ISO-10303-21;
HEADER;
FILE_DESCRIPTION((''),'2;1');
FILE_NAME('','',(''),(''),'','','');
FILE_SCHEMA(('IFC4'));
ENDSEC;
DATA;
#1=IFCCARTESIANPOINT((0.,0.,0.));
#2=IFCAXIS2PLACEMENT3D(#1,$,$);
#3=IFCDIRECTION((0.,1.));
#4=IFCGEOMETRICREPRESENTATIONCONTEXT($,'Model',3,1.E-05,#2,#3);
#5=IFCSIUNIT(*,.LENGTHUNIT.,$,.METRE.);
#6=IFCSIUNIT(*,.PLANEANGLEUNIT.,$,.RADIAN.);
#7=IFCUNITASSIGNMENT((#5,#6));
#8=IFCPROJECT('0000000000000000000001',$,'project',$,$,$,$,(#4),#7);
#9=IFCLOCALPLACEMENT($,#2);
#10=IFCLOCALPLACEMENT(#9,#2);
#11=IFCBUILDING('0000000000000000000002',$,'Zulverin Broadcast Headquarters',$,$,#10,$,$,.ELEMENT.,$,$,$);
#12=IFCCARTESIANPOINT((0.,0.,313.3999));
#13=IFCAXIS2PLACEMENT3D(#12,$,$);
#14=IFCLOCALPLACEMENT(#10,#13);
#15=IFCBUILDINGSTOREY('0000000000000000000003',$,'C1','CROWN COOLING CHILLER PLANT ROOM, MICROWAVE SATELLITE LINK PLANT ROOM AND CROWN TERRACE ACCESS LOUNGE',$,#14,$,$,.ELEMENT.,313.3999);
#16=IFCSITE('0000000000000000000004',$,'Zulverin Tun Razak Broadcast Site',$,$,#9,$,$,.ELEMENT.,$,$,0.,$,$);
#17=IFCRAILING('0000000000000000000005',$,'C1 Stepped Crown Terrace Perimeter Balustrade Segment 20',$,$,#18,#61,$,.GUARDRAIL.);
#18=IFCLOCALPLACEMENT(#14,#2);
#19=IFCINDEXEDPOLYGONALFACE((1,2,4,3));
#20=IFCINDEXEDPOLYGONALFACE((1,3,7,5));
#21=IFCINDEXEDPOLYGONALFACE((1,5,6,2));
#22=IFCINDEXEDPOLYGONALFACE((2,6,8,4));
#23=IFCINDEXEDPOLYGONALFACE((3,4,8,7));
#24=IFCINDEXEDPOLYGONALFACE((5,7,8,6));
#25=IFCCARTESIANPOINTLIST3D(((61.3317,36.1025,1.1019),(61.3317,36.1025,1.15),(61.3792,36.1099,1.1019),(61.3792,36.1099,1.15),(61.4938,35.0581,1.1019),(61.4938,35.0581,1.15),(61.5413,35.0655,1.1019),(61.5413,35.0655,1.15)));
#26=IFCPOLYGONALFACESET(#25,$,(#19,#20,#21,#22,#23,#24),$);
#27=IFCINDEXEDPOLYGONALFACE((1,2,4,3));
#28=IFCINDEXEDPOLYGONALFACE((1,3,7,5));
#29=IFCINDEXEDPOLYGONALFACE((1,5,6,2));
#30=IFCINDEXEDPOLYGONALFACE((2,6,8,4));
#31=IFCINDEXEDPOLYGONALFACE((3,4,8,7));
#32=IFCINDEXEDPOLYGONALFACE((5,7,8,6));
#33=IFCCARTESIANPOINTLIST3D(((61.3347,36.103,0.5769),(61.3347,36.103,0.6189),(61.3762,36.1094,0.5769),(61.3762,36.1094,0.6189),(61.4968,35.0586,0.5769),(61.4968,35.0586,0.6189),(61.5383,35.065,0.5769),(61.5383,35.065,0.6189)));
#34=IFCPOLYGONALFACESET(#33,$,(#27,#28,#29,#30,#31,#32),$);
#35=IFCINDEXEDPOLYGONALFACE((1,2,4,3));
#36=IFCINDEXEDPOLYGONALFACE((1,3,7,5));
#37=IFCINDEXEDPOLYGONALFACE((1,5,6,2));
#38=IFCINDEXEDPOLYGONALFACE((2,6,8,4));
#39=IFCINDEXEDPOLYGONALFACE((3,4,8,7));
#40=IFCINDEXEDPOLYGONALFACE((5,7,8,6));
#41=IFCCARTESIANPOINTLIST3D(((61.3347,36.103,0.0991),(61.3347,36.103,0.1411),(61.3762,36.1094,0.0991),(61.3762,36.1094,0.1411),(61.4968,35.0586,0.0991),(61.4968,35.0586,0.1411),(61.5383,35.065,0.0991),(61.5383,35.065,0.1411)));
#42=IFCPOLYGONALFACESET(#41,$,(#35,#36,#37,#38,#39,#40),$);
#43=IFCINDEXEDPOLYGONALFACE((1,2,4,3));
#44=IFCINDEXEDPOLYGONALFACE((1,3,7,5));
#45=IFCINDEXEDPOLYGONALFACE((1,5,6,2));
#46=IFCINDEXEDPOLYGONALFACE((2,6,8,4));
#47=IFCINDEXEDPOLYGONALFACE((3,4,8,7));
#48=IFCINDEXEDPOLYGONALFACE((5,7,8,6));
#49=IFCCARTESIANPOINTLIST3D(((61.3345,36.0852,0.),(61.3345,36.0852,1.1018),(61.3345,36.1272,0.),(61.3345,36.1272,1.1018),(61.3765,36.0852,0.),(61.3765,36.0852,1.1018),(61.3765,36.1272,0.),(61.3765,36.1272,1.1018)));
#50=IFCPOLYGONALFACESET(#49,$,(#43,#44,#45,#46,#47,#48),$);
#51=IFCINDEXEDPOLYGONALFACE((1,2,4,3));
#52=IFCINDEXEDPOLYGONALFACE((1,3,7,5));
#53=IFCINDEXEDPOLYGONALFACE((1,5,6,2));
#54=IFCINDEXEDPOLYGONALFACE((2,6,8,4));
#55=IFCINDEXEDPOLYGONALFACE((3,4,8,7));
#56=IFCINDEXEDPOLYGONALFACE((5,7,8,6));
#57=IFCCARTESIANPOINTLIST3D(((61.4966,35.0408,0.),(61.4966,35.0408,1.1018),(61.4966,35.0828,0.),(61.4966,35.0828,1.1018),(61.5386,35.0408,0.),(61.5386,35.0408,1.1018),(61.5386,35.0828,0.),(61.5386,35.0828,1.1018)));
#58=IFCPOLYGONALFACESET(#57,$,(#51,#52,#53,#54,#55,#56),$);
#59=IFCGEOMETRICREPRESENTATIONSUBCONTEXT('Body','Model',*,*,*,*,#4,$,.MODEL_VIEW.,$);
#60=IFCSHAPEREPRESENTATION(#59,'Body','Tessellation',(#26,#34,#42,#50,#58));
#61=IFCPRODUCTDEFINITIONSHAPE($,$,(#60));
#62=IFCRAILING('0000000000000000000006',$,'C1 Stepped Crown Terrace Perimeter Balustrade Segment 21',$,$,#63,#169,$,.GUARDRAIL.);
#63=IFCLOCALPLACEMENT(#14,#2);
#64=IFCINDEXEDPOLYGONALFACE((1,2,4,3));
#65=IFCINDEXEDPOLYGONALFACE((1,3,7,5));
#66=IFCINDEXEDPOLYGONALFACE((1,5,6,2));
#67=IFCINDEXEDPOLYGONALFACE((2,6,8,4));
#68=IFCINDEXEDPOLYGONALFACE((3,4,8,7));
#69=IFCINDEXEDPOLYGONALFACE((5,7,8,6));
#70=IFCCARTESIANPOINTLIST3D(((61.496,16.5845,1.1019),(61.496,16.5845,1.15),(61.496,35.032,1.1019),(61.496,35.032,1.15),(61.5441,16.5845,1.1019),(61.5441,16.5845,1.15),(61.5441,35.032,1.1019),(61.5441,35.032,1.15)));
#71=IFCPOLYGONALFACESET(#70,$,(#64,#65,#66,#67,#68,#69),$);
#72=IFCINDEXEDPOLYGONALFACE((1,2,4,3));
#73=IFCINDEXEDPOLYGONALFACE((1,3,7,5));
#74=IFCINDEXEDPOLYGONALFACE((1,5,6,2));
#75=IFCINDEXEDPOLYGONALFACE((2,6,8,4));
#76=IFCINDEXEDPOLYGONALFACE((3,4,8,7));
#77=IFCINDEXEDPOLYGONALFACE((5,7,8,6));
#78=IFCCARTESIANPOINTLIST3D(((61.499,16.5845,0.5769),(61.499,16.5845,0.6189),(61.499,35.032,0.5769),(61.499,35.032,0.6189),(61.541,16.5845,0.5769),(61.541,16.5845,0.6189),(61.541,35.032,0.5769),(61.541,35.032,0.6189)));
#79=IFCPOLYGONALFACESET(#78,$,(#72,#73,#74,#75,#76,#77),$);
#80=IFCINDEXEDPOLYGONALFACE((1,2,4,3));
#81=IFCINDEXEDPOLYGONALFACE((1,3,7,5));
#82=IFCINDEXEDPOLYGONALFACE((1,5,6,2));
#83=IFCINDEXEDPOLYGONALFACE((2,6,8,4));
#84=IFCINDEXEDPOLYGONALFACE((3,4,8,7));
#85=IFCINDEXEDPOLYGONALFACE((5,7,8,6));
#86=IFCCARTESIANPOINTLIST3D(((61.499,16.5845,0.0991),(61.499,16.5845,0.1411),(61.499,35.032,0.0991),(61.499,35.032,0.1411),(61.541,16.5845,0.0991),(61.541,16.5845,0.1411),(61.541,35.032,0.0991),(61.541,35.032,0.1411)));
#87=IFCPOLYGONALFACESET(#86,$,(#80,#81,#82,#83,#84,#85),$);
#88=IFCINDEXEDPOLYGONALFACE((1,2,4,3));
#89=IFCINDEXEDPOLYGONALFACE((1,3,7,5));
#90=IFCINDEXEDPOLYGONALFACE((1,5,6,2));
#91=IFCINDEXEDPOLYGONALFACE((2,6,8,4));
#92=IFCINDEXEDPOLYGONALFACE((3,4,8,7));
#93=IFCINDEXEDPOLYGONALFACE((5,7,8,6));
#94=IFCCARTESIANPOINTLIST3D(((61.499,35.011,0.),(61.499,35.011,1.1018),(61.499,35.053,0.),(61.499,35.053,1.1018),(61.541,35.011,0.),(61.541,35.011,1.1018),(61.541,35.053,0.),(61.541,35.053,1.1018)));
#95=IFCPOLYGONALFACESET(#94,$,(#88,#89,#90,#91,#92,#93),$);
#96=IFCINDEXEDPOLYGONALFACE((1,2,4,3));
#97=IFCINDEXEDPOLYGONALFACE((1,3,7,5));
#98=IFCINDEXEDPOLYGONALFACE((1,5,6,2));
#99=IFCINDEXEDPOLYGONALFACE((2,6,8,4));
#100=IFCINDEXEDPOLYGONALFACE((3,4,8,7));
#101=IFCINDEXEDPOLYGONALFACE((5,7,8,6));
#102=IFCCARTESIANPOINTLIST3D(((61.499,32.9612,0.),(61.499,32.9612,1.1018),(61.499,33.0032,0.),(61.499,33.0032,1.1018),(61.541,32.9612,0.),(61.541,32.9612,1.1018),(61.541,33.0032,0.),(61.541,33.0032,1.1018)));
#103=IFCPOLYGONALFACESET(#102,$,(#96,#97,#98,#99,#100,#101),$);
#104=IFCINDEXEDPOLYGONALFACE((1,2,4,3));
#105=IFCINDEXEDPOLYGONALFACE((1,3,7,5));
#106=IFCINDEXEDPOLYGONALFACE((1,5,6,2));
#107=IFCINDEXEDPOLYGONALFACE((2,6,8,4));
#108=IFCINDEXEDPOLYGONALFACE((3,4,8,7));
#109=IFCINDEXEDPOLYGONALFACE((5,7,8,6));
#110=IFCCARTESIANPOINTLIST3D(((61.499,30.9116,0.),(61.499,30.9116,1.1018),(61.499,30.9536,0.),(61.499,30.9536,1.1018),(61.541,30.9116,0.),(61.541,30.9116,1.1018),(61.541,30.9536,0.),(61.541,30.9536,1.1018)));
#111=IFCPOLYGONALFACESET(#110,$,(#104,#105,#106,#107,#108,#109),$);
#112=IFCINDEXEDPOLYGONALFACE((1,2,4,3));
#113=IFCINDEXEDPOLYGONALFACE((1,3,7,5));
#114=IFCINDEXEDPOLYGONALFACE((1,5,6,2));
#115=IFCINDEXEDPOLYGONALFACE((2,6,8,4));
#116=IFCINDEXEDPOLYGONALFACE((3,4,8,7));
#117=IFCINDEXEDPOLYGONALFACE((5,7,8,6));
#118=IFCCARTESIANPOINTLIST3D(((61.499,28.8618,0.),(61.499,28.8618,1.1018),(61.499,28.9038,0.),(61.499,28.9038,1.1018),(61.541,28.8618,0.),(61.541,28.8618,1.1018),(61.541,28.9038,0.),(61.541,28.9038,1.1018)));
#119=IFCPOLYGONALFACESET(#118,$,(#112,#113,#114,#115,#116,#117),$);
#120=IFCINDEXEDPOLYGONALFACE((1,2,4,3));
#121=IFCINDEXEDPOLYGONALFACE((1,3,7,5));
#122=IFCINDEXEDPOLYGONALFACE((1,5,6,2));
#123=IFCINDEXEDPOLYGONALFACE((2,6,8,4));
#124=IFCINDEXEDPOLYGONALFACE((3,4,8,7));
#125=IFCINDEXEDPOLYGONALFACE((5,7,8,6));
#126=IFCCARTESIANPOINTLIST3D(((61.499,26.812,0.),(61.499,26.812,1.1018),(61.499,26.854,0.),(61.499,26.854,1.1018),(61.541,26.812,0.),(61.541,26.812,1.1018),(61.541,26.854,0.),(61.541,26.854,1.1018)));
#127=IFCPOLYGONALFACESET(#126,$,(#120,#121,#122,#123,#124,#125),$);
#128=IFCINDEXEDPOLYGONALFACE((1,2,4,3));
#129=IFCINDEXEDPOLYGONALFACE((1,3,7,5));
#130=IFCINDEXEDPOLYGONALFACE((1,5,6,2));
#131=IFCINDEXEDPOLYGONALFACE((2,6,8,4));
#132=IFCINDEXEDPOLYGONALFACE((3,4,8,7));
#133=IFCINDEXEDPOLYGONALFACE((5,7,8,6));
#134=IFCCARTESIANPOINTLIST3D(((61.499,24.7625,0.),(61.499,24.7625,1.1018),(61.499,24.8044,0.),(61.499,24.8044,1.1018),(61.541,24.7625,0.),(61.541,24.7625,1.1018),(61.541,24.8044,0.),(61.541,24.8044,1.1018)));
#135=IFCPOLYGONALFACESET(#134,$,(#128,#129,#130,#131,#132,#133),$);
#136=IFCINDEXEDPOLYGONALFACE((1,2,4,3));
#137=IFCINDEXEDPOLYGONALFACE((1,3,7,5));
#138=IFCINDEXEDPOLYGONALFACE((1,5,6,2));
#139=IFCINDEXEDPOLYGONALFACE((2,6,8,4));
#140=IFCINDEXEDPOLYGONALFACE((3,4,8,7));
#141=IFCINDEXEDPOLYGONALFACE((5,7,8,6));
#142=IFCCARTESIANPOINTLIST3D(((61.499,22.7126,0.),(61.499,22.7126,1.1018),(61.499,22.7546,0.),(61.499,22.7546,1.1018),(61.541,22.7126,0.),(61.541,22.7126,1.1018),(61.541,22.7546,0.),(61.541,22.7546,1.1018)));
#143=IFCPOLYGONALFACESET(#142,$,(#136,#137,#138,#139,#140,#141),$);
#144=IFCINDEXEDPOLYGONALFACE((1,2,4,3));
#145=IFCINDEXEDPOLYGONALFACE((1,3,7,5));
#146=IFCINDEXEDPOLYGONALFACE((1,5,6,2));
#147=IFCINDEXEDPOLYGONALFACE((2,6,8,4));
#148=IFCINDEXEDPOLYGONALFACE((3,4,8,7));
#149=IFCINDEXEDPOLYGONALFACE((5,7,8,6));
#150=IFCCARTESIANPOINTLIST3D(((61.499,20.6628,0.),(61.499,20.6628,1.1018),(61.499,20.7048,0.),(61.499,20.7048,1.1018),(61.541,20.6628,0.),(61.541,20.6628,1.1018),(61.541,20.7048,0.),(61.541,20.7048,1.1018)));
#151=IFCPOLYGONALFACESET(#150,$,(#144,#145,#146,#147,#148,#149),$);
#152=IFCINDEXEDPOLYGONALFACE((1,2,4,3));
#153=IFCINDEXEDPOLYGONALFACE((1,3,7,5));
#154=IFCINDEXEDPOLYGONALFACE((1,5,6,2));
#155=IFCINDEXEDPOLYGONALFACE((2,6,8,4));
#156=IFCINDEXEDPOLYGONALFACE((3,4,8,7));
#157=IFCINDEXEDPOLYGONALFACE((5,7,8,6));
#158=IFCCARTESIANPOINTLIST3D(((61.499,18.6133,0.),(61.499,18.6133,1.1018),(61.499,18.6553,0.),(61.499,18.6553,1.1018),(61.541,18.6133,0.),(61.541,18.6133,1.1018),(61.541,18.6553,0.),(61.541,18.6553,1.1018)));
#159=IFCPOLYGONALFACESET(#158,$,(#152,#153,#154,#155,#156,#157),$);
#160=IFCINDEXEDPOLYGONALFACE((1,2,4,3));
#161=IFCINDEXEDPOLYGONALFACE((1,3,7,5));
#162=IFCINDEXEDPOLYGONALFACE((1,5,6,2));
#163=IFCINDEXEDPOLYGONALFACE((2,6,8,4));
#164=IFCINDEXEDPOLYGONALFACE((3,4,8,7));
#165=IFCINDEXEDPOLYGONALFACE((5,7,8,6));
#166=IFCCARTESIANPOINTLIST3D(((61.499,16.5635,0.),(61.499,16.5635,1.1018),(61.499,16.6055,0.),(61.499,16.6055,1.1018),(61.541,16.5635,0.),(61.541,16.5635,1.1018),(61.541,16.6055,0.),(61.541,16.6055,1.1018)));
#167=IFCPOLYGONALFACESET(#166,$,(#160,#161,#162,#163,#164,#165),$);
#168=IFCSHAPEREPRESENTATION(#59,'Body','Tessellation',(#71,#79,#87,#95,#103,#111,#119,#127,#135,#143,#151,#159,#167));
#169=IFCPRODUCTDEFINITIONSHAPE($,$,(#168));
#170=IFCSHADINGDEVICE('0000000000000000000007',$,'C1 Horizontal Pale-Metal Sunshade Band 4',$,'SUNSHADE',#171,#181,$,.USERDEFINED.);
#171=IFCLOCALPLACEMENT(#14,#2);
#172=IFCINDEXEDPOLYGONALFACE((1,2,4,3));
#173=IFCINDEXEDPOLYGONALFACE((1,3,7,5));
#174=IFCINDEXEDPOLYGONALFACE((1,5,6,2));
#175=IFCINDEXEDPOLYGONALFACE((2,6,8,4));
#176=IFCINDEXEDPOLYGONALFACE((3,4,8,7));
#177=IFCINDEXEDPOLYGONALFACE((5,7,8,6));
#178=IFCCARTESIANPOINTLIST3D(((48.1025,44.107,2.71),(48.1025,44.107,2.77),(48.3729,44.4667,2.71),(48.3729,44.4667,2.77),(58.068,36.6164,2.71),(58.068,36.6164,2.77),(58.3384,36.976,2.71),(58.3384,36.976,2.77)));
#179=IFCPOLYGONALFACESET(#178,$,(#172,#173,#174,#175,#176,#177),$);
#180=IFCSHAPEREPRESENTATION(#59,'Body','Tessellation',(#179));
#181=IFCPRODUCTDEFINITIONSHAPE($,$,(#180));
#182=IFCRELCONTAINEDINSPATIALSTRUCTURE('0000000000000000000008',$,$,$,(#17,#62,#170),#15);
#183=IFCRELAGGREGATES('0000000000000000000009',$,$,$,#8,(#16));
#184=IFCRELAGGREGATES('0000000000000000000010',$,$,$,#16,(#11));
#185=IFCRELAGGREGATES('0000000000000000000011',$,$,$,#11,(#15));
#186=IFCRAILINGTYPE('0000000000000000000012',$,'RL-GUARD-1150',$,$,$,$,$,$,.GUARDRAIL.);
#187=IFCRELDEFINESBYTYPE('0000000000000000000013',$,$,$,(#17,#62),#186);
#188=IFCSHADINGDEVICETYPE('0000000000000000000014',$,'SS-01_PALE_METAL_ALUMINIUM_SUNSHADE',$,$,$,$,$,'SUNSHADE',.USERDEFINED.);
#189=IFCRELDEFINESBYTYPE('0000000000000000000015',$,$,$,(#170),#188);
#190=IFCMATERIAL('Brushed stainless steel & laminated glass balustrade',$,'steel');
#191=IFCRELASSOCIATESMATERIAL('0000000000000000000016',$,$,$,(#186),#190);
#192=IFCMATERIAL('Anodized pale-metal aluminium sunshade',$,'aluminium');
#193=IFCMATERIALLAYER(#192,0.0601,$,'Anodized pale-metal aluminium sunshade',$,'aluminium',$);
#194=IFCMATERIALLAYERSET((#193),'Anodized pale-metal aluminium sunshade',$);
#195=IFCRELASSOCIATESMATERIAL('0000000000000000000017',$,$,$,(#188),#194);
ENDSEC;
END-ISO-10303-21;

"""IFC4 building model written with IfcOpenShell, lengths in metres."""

from ifc_helpers import new_model, si_unit, direction, frame, origin, origin_2d, place, context, subcontext, project, spatial, rectangle, extrude, material, layer, layer_set, type_object, element, save


model = new_model("IFC4")

# Units and contexts
model_context = context("Model", 3, precision=1e-05, world=origin(), true_north=direction((0.0, 1.0)))
body_context = subcontext(model_context, "Body", "Model", "MODEL_VIEW")
ifc_project = project(units=[si_unit("LENGTHUNIT", "METRE"), si_unit("PLANEANGLEUNIT", "RADIAN")], contexts=[model_context])

# Site, building, storey
site_placement = place(None, origin())
site = spatial("IfcSite", under=ifc_project, at=site_placement, Name="Zulverin Tun Razak Broadcast Site", CompositionType="ELEMENT", RefElevation=0.0)
building_placement = place(site_placement, origin())
building = spatial("IfcBuilding", under=site, at=building_placement, Name="Zulverin Broadcast Headquarters", CompositionType="ELEMENT")
storey_placement = place(building_placement, frame((0.0, 0.0, 313.3999)))
storey = spatial("IfcBuildingStorey", under=building, at=storey_placement, Name="C1", Description="CROWN COOLING CHILLER PLANT ROOM, MICROWAVE SATELLITE LINK PLANT ROOM AND CROWN TERRACE ACCESS LOUNGE", CompositionType="ELEMENT", Elevation=313.3999)

# Railings
ifc_material_1 = material(Name="Brushed stainless steel & laminated glass balustrade", Category="steel")
railing_type = type_object("IfcRailingType", Name="RL-GUARD-1150", PredefinedType="GUARDRAIL", material=ifc_material_1)
railing_1_placement = place(storey_placement, frame((61.3555, 36.1062, 0.0)))
element("IfcRailing", 1, at=railing_1_placement, inside=storey, type_object=railing_type, Name="C1 Stepped Crown Terrace Perimeter Balustrade Segment 20", PredefinedType="GUARDRAIL", context=body_context, shape_type="SweptSolid", body=[
    extrude(rectangle(XDim=0.0481, YDim=0.0481, at=origin_2d()), frame((0.0, 0.0, 1.126), z_axis=(0.153376, -0.988168, 0.0), x_axis=(0.988168, 0.153376, 0.0)), (0.0, 0.0, 1.0), 1.0569),
    extrude(rectangle(XDim=0.042, YDim=0.042, at=origin_2d()), frame((0.0, 0.0, 0.5979), z_axis=(0.153376, -0.988168, 0.0), x_axis=(0.988168, 0.153376, 0.0)), (0.0, 0.0, 1.0), 1.0569),
    extrude(rectangle(XDim=0.042, YDim=0.042, at=origin_2d()), frame((0.0, 0.0, 0.1201), z_axis=(0.153376, -0.988168, 0.0), x_axis=(0.988168, 0.153376, 0.0)), (0.0, 0.0, 1.0), 1.0569),
    extrude(rectangle(XDim=0.042, YDim=0.042, at=origin_2d()), origin(), (0.0, 0.0, 1.0), 1.1018),
    extrude(rectangle(XDim=0.042, YDim=0.042, at=origin_2d()), frame((0.1621, -1.0444, 0.0)), (0.0, 0.0, 1.0), 1.1018),
])
railing_2_placement = place(storey_placement, frame((61.52, 35.032, 0.0)))
element("IfcRailing", 2, at=railing_2_placement, inside=storey, type_object=railing_type, Name="C1 Stepped Crown Terrace Perimeter Balustrade Segment 21", PredefinedType="GUARDRAIL", context=body_context, shape_type="SweptSolid", body=[
    extrude(rectangle(XDim=0.0481, YDim=0.0481, at=origin_2d()), frame((0.0, 0.0, 1.126), z_axis=(0.0, -1.0, 0.0), x_axis=(1.0, 0.0, 0.0)), (0.0, 0.0, 1.0), 18.4475),
    extrude(rectangle(XDim=0.042, YDim=0.042, at=origin_2d()), frame((0.0, 0.0, 0.5979), z_axis=(0.0, -1.0, 0.0), x_axis=(1.0, 0.0, 0.0)), (0.0, 0.0, 1.0), 18.4475),
    extrude(rectangle(XDim=0.042, YDim=0.042, at=origin_2d()), frame((0.0, 0.0, 0.1201), z_axis=(0.0, -1.0, 0.0), x_axis=(1.0, 0.0, 0.0)), (0.0, 0.0, 1.0), 18.4475),
    extrude(rectangle(XDim=0.042, YDim=0.042, at=origin_2d()), origin(), (0.0, 0.0, 1.0), 1.1018),
    extrude(rectangle(XDim=0.042, YDim=0.042, at=origin_2d()), frame((0.0, -2.0498, 0.0)), (0.0, 0.0, 1.0), 1.1018),
    extrude(rectangle(XDim=0.042, YDim=0.042, at=origin_2d()), frame((0.0, -4.0994, 0.0)), (0.0, 0.0, 1.0), 1.1018),
    extrude(rectangle(XDim=0.042, YDim=0.042, at=origin_2d()), frame((0.0, -6.1492, 0.0)), (0.0, 0.0, 1.0), 1.1018),
    extrude(rectangle(XDim=0.042, YDim=0.042, at=origin_2d()), frame((0.0, -8.199, 0.0)), (0.0, 0.0, 1.0), 1.1018),
    extrude(rectangle(XDim=0.042, YDim=0.042, at=origin_2d()), frame((0.0, -10.2485, 0.0)), (0.0, 0.0, 1.0), 1.1018),
    extrude(rectangle(XDim=0.042, YDim=0.042, at=origin_2d()), frame((0.0, -12.2983, 0.0)), (0.0, 0.0, 1.0), 1.1018),
    extrude(rectangle(XDim=0.042, YDim=0.042, at=origin_2d()), frame((0.0, -14.3481, 0.0)), (0.0, 0.0, 1.0), 1.1018),
    extrude(rectangle(XDim=0.042, YDim=0.042, at=origin_2d()), frame((0.0, -16.3977, 0.0)), (0.0, 0.0, 1.0), 1.1018),
    extrude(rectangle(XDim=0.042, YDim=0.042, at=origin_2d()), frame((0.0, -18.4475, 0.0)), (0.0, 0.0, 1.0), 1.1018),
])

# Shading device
ifc_material_2 = material(Name="Anodized pale-metal aluminium sunshade", Category="aluminium")
ifc_layer_1 = layer(ifc_material_2, 0.0601, Name="Anodized pale-metal aluminium sunshade", Category="aluminium")
ifc_layer_set_1 = layer_set([ifc_layer_1], Name="Anodized pale-metal aluminium sunshade")
shading_device_type = type_object("IfcShadingDeviceType", Name="SS-01_PALE_METAL_ALUMINIUM_SUNSHADE", ElementType="SUNSHADE", PredefinedType="USERDEFINED", material=ifc_layer_set_1)
shading_device_placement = place(storey_placement, frame((53.2205, 40.5415, 2.71), z_axis=(0.0, 0.0, 1.0), x_axis=(-0.799365, 0.600846, 0.0)))
element("IfcShadingDevice", 3, at=shading_device_placement, inside=storey, type_object=shading_device_type, Name="C1 Horizontal Pale-Metal Sunshade Band 4", ObjectType="SUNSHADE", PredefinedType="USERDEFINED", context=body_context, shape_type="SweptSolid", body=[
    extrude(rectangle(XDim=12.4668, YDim=0.45, at=origin_2d()), origin(), (0.0, 0.0, 1.0), 0.0601),
])

save(model, "model.ifc")
